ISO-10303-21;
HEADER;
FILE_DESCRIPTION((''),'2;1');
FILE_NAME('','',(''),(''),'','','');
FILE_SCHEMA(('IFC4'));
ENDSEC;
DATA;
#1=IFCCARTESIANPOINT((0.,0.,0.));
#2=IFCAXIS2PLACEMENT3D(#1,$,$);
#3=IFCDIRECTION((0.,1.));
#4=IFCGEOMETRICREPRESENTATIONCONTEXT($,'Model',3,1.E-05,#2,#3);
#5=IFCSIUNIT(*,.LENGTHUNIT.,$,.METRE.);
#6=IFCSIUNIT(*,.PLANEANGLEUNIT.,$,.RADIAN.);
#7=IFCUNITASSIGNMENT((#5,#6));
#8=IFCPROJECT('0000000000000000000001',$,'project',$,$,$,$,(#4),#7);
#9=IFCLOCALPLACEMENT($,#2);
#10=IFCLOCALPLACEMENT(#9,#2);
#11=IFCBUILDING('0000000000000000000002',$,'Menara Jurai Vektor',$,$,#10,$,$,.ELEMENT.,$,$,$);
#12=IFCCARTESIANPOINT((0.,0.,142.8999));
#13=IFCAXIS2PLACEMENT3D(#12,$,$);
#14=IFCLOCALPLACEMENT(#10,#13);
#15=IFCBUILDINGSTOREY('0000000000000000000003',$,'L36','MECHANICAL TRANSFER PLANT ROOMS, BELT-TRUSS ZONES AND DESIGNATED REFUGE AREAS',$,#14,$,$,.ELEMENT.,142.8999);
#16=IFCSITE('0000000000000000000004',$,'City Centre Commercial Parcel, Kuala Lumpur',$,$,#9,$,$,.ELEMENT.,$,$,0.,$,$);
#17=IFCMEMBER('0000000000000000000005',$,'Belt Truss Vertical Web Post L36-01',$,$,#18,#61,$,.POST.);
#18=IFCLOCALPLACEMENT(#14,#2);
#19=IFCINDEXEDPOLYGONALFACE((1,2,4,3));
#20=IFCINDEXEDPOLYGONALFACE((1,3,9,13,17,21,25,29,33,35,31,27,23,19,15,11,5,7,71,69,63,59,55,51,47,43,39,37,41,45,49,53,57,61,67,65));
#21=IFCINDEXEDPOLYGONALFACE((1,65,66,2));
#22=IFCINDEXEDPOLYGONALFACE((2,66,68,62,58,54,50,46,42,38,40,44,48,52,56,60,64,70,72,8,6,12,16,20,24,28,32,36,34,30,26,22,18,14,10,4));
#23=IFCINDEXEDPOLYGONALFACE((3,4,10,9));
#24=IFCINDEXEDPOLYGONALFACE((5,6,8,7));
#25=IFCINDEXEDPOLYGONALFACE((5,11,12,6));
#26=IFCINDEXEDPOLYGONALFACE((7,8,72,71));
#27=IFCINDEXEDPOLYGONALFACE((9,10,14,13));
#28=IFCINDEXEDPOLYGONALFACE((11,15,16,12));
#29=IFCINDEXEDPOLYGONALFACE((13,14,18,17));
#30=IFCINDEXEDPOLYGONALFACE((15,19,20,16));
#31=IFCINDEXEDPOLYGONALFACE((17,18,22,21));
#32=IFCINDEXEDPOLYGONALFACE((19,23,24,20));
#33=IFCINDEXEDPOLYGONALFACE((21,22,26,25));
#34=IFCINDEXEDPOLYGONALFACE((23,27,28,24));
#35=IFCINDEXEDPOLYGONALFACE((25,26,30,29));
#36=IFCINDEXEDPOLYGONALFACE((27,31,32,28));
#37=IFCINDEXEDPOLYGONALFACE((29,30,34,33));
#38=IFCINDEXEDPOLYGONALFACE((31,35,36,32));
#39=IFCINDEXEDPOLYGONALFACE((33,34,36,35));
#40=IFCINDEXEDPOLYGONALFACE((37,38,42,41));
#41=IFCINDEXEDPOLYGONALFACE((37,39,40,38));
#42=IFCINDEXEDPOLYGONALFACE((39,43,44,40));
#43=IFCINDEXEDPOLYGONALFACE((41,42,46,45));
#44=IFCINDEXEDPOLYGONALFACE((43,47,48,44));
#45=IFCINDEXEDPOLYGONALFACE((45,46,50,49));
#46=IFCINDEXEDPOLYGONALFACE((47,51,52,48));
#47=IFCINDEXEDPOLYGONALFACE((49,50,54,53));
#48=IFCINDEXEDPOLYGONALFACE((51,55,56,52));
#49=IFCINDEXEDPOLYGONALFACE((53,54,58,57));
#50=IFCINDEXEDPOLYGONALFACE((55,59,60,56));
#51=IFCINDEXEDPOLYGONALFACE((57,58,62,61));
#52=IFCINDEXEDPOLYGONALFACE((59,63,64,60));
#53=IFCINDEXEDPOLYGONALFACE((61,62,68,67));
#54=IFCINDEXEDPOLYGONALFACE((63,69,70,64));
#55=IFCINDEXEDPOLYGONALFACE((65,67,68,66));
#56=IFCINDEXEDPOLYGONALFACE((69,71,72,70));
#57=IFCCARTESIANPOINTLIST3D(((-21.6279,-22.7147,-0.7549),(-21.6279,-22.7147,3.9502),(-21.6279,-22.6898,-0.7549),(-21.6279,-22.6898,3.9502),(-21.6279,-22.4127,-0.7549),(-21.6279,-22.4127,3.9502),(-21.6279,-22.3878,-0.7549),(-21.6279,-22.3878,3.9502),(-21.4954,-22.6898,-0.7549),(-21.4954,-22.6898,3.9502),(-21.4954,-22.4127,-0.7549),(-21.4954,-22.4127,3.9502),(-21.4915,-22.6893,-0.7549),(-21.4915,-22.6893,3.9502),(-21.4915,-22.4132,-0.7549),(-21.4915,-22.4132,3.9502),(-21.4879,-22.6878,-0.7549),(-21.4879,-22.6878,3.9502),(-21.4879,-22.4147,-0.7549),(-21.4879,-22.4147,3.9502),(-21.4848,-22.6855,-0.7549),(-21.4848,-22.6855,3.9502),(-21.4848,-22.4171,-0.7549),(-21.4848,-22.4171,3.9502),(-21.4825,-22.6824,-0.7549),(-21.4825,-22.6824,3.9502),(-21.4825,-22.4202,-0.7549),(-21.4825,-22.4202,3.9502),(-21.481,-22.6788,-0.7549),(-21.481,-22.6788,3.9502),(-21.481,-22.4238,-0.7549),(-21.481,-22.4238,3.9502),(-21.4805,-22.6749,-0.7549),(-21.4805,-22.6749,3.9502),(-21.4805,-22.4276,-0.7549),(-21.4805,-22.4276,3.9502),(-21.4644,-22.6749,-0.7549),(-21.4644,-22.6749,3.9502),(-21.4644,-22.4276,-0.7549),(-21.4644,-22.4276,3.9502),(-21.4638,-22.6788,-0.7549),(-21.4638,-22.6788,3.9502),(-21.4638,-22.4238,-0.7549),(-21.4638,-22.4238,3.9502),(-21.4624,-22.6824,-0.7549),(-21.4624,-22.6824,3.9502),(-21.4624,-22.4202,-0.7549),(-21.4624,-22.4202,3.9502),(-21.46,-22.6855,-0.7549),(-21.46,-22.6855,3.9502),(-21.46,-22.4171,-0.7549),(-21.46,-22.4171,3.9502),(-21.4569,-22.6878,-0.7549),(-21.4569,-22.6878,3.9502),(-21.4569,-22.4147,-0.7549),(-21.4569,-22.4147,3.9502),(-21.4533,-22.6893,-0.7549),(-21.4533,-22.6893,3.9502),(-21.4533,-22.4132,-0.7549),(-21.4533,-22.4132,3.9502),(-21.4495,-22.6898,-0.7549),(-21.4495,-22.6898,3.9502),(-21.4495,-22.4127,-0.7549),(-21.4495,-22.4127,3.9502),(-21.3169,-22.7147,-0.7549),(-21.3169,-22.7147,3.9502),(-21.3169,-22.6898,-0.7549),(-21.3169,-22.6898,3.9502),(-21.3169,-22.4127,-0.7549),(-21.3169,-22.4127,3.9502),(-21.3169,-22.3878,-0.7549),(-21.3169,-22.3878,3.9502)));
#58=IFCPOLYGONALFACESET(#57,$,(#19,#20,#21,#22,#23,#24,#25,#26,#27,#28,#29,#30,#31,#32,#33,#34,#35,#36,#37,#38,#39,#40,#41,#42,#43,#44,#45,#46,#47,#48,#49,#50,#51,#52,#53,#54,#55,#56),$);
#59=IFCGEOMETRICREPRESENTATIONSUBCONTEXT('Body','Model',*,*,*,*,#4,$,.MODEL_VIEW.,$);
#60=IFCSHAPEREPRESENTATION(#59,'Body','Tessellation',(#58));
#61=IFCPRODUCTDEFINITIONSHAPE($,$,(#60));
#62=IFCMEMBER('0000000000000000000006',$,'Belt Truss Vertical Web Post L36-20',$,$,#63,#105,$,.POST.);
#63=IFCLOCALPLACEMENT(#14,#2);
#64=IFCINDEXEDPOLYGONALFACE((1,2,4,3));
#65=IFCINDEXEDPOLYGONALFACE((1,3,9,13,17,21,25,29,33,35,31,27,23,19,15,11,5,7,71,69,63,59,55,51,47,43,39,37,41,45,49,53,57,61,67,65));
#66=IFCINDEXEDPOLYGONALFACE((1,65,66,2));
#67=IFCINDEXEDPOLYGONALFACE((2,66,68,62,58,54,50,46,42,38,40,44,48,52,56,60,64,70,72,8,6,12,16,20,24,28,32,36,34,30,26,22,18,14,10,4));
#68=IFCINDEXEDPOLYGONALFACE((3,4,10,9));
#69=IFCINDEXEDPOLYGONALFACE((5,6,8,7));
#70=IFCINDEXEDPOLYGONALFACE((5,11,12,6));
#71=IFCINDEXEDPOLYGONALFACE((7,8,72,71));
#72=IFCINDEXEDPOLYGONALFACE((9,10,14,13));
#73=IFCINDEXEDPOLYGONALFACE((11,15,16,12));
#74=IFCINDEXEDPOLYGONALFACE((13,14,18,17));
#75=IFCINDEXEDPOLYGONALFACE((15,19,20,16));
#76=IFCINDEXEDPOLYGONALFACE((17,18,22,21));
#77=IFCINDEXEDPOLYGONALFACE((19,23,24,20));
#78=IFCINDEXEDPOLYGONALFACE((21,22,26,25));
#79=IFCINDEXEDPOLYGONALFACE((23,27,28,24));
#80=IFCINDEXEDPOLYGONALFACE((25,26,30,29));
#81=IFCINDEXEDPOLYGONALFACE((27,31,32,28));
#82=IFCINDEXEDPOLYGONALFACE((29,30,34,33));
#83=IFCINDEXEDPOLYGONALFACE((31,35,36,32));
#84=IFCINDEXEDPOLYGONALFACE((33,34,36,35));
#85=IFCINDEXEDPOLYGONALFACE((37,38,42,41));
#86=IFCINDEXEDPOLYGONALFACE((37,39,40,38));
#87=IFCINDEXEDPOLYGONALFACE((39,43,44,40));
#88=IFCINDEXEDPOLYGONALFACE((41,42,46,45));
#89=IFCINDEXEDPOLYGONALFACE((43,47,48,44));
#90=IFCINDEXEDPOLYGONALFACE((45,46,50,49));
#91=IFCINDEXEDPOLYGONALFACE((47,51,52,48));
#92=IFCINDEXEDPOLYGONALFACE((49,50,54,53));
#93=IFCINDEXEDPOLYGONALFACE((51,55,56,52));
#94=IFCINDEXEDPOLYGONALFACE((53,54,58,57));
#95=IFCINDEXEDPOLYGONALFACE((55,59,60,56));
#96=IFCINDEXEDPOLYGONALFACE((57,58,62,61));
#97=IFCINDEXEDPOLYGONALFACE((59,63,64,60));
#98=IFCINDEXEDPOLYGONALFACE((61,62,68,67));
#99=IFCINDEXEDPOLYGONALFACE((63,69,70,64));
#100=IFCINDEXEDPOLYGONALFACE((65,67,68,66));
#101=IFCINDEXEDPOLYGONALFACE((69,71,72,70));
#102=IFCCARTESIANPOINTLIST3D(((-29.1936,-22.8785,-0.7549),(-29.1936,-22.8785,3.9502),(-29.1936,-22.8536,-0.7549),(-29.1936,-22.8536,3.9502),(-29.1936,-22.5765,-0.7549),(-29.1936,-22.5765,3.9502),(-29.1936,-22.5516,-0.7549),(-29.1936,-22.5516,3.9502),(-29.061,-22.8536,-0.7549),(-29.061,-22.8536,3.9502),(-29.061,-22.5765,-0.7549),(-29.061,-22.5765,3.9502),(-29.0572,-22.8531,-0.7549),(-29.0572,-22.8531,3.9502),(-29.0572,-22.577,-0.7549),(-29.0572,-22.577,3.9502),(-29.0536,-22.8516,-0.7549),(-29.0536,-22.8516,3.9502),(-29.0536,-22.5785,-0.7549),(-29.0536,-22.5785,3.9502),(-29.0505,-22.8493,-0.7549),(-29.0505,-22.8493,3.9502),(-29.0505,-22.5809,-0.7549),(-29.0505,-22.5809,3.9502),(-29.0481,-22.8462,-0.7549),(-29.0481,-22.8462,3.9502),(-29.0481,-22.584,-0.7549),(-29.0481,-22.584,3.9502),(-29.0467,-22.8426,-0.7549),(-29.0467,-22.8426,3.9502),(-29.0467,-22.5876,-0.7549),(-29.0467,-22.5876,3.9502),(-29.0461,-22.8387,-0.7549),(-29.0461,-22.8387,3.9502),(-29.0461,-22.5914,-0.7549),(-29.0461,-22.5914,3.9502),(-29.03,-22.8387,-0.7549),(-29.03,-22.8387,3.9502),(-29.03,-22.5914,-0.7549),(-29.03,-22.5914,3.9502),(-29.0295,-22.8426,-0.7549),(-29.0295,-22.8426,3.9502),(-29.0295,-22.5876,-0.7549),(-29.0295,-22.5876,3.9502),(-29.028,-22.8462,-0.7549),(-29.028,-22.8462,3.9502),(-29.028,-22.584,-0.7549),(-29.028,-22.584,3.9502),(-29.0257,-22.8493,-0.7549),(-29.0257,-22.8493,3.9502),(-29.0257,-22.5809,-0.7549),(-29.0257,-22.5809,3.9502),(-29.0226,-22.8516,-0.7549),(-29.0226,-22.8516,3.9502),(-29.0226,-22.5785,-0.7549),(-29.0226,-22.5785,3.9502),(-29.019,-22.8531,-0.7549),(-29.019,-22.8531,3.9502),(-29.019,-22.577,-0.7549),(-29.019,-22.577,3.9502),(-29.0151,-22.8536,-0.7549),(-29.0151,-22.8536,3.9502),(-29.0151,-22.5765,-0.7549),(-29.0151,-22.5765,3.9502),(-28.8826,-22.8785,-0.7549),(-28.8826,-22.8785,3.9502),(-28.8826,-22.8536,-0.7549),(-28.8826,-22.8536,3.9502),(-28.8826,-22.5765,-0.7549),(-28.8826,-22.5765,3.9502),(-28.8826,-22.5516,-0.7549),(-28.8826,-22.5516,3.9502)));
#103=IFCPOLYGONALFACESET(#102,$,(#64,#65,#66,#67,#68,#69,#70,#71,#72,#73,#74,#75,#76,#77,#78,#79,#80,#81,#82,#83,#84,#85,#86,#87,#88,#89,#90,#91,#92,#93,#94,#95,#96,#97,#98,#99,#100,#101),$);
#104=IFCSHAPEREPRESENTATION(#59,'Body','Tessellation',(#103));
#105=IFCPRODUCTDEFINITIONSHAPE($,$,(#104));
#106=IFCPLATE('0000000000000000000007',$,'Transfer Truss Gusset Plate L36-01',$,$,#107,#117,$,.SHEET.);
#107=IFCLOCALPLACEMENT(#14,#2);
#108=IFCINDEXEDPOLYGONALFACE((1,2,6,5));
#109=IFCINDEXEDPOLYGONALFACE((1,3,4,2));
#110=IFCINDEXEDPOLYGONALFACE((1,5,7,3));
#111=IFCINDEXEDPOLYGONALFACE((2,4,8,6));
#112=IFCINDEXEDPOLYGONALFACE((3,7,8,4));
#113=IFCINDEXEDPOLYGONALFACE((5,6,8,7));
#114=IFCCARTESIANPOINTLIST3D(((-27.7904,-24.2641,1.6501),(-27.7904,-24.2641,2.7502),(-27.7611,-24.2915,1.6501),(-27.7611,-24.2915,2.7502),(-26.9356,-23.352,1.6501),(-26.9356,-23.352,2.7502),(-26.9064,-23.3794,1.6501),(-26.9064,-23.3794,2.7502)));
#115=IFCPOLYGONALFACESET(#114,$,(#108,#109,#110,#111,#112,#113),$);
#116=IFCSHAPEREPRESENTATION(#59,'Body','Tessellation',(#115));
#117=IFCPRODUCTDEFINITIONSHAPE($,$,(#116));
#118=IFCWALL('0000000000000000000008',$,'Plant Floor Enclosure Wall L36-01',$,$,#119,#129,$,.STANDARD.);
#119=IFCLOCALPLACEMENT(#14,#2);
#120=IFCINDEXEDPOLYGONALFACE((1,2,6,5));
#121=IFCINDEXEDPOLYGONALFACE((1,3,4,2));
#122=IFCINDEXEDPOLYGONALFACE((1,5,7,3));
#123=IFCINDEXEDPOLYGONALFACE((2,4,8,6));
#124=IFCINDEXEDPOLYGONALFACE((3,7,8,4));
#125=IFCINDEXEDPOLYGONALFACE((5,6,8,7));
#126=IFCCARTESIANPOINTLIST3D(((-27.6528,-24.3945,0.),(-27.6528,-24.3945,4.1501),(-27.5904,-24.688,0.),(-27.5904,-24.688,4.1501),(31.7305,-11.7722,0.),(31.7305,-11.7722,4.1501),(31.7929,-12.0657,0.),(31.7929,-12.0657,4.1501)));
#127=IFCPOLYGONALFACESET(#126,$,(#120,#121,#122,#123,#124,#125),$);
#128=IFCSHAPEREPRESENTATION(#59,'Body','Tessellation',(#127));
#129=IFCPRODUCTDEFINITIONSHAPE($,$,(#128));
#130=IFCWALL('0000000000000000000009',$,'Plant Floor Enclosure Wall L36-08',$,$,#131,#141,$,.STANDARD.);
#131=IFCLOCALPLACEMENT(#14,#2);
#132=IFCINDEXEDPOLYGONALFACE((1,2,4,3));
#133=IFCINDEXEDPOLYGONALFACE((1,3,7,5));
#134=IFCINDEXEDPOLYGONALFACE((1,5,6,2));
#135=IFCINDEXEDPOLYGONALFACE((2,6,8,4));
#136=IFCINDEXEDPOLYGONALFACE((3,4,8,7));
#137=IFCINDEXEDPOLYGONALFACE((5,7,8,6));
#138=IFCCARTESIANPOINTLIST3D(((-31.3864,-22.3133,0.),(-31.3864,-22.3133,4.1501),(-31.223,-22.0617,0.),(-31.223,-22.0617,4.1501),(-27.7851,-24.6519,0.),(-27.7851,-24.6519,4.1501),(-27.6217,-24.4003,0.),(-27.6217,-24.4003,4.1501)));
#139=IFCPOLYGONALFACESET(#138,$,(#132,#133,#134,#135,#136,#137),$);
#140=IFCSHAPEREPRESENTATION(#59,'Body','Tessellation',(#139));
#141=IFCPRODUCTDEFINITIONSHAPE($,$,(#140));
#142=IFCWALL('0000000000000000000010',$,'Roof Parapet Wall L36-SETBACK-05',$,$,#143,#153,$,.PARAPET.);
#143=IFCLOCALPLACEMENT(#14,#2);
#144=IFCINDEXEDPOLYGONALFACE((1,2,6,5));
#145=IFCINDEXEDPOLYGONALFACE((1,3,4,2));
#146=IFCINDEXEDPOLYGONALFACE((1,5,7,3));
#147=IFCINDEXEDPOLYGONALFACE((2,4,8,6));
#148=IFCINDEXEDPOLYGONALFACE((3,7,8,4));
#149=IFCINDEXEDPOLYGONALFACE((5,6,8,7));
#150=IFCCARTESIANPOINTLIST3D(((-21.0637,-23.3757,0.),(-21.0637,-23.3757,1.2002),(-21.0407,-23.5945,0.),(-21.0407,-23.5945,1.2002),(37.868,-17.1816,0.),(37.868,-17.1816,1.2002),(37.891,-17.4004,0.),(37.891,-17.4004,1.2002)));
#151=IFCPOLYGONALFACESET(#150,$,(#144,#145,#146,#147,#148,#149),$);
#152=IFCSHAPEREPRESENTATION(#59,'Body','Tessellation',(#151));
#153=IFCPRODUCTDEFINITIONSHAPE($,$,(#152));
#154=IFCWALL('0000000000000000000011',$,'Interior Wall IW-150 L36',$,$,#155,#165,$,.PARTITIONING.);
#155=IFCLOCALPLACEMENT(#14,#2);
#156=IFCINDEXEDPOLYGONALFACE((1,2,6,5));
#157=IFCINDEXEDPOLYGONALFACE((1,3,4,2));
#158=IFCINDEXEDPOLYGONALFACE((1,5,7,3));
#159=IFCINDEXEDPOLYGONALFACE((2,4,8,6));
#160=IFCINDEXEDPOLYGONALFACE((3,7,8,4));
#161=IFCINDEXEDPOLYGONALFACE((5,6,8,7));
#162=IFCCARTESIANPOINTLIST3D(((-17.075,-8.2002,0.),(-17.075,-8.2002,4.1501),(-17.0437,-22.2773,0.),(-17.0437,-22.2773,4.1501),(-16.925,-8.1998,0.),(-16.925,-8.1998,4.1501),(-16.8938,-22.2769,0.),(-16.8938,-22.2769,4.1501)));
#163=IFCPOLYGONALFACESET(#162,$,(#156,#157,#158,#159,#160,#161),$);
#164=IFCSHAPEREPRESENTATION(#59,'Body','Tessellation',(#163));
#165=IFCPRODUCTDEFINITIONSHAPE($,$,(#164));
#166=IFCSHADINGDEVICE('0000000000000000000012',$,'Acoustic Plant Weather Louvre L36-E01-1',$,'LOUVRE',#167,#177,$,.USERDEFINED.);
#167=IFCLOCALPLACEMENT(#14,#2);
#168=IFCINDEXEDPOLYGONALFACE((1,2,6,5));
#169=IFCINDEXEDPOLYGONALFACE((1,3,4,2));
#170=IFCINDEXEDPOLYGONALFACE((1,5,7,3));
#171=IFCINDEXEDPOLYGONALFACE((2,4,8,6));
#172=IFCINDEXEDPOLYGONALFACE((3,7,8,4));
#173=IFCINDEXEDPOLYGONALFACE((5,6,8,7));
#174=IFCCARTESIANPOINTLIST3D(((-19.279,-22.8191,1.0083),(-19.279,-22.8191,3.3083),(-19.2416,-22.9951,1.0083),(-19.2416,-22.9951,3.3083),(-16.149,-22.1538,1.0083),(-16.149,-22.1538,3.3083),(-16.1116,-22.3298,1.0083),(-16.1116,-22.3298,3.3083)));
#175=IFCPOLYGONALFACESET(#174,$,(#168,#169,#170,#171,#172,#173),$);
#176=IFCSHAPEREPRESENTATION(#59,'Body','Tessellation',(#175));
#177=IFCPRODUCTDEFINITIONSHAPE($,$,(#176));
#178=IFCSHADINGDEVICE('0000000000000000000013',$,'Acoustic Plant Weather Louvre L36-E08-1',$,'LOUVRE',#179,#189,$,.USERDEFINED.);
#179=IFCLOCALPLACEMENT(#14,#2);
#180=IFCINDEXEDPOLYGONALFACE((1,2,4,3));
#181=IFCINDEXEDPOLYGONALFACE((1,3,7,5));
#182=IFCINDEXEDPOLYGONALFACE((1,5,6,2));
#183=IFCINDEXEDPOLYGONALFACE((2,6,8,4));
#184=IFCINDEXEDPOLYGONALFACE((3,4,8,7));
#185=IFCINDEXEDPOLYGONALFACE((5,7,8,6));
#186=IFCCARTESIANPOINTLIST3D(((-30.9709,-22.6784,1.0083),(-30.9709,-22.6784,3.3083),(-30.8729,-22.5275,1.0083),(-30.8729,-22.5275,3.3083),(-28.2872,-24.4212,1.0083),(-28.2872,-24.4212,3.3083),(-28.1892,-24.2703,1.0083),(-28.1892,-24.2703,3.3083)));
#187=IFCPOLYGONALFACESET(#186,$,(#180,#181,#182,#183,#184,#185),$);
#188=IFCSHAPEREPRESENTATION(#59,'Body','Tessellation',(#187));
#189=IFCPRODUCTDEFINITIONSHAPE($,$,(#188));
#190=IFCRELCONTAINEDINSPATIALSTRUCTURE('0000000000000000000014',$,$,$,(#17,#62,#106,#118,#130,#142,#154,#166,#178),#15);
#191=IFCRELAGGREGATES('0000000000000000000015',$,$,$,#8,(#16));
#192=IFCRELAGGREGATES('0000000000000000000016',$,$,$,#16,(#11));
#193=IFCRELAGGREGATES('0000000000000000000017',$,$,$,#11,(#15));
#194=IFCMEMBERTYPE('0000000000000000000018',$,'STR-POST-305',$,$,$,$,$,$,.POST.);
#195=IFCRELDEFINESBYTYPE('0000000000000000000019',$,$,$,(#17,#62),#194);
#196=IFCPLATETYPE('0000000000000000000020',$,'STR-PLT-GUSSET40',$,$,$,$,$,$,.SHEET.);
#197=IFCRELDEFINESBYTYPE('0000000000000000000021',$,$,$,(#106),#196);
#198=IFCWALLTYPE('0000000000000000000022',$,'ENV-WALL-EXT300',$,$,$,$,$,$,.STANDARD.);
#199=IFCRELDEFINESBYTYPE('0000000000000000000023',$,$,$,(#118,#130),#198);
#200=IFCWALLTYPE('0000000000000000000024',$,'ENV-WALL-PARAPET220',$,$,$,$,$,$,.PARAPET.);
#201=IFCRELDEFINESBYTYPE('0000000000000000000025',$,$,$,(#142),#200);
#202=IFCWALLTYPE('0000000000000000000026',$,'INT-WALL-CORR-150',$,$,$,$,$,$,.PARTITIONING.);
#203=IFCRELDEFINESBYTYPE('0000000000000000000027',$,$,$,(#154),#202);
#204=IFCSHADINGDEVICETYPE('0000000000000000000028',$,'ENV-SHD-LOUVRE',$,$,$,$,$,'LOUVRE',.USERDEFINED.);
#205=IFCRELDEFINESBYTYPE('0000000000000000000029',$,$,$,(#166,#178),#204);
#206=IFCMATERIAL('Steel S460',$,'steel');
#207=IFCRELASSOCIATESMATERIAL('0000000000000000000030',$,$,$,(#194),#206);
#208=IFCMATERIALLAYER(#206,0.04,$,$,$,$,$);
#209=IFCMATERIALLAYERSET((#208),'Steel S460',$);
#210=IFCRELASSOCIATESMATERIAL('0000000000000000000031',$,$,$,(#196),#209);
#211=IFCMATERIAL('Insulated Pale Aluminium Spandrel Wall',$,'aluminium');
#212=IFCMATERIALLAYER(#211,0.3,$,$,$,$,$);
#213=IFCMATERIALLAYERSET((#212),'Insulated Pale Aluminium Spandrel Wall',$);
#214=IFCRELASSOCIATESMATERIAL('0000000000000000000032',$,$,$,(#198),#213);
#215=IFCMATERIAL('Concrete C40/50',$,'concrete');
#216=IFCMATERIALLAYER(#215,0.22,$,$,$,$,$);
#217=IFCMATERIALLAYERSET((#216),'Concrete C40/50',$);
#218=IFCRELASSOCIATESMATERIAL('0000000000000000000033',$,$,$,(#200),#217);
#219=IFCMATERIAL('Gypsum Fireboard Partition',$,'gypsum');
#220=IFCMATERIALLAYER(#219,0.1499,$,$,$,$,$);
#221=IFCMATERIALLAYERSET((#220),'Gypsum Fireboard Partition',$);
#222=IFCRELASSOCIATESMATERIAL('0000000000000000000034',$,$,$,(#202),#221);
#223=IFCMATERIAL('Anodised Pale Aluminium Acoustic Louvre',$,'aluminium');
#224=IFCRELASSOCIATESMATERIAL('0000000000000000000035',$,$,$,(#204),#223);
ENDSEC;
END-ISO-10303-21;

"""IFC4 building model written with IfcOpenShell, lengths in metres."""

from ifc_helpers import new_model, si_unit, direction, frame, frame_2d, origin, origin_2d, place, context, subcontext, project, spatial, rectangle, i_section, extrude, material, layer, layer_set, material_profile, profile_set, type_object, element, save


model = new_model("IFC4")

# Units and contexts
model_context = context("Model", 3, precision=1e-05, world=origin(), true_north=direction((0.0, 1.0)))
body_context = subcontext(model_context, "Body", "Model", "MODEL_VIEW")
ifc_project = project(units=[si_unit("LENGTHUNIT", "METRE"), si_unit("PLANEANGLEUNIT", "RADIAN")], contexts=[model_context])

# Site, building, storey
site_placement = place(None, origin())
site = spatial("IfcSite", under=ifc_project, at=site_placement, Name="City Centre Commercial Parcel, Kuala Lumpur", CompositionType="ELEMENT", RefElevation=0.0)
building_placement = place(site_placement, origin())
building = spatial("IfcBuilding", under=site, at=building_placement, Name="Menara Jurai Vektor", CompositionType="ELEMENT")
storey_placement = place(building_placement, frame((0.0, 0.0, 142.8999)))
storey = spatial("IfcBuildingStorey", under=building, at=storey_placement, Name="L36", Description="MECHANICAL TRANSFER PLANT ROOMS, BELT-TRUSS ZONES AND DESIGNATED REFUGE AREAS", CompositionType="ELEMENT", Elevation=142.8999)

# Shared definitions
ifc_material_1 = material(Name="Steel S460", Category="steel")

# Members
ifc_material_profile_1 = material_profile(ifc_material_1, i_section(OverallWidth=0.311, OverallDepth=0.3269, WebThickness=0.0161, FlangeThickness=0.0249, FilletRadius=0.0149, at=origin_2d()), Name="UKC 305x305x158")
ifc_profile_set_1 = profile_set([ifc_material_profile_1], Name="Steel S460")
member_type_1 = type_object("IfcMemberType", Name="STR-POST-305", PredefinedType="POST", material=ifc_profile_set_1)
for number, where, z_axis, x_axis, name in (
    (1, (-21.4724, -22.5513, -0.7549), (0.0, 0.0, 1.0), (1.0, 0.0, 0.0), "Belt Truss Vertical Web Post L36-01"),
    (2, (-29.0381, -22.7151, -0.7549), (0.0, 0.0, 1.0), (1.0, 0.0, 0.0), "Belt Truss Vertical Web Post L36-20"),
):
    element("IfcMember", number, at=place(storey_placement, frame(where, z_axis=z_axis, x_axis=x_axis)), inside=storey, type_object=member_type_1, Name=name, PredefinedType="POST", context=body_context, shape_type="SweptSolid", body=[
        extrude(i_section(OverallWidth=0.311, OverallDepth=0.3269, WebThickness=0.0161, FlangeThickness=0.0249, FilletRadius=0.0149, at=origin_2d()), origin(), (0.0, 0.0, 1.0), 4.7051),
    ])

# Plate
ifc_layer_1 = layer(ifc_material_1, 0.04)
ifc_layer_set_1 = layer_set([ifc_layer_1], Name="Steel S460")
plate_type = type_object("IfcPlateType", Name="STR-PLT-GUSSET40", PredefinedType="SHEET", material=ifc_layer_set_1)
plate_placement = place(storey_placement, frame((-27.3484, -23.8218, 1.6501), z_axis=(0.0, 0.0, 1.0), x_axis=(0.683783, 0.729685, 0.0)))
element("IfcPlate", 3, at=plate_placement, inside=storey, type_object=plate_type, Name="Transfer Truss Gusset Plate L36-01", PredefinedType="SHEET", context=body_context, shape_type="SweptSolid", body=[
    extrude(rectangle(XDim=1.25, YDim=0.04, at=origin_2d()), origin(), (0.0, 0.0, 1.0), 1.1001),
])

# Walls
ifc_material_2 = material(Name="Insulated Pale Aluminium Spandrel Wall", Category="aluminium")
ifc_layer_2 = layer(ifc_material_2, 0.3)
ifc_layer_set_2 = layer_set([ifc_layer_2], Name="Insulated Pale Aluminium Spandrel Wall")
wall_type_1 = type_object("IfcWallType", Name="ENV-WALL-EXT300", PredefinedType="STANDARD", material=ifc_layer_set_2)
wall_1_placement = place(storey_placement, frame((-27.6216, -24.5413, 0.0), z_axis=(0.0, 0.0, 1.0), x_axis=(0.978148, 0.207912, 0.0)))
element("IfcWall", 4, at=wall_1_placement, inside=storey, type_object=wall_type_1, Name="Plant Floor Enclosure Wall L36-01", PredefinedType="STANDARD", context=body_context, shape_type="SweptSolid", body=[
    extrude(rectangle(XDim=60.71, YDim=0.3, at=frame_2d((30.355, 0.0))), origin(), (0.0, 0.0, 1.0), 4.1501),
])
wall_2_placement = place(storey_placement, frame((-31.3047, -22.1875, 0.0), z_axis=(0.0, 0.0, 1.0), x_axis=(0.838681, -0.544623, 0.0)))
element("IfcWall", 5, at=wall_2_placement, inside=storey, type_object=wall_type_1, Name="Plant Floor Enclosure Wall L36-08", PredefinedType="STANDARD", context=body_context, shape_type="SweptSolid", body=[
    extrude(rectangle(XDim=4.2939, YDim=0.3, at=frame_2d((2.147, 0.0))), origin(), (0.0, 0.0, 1.0), 4.1501),
])
ifc_material_3 = material(Name="Concrete C40/50", Category="concrete")
ifc_layer_3 = layer(ifc_material_3, 0.22)
ifc_layer_set_3 = layer_set([ifc_layer_3], Name="Concrete C40/50")
wall_type_2 = type_object("IfcWallType", Name="ENV-WALL-PARAPET220", PredefinedType="PARAPET", material=ifc_layer_set_3)
wall_3_placement = place(storey_placement, frame((-21.0522, -23.4851, 0.0), z_axis=(0.0, 0.0, 1.0), x_axis=(0.994522, 0.104531, 0.0)))
element("IfcWall", 6, at=wall_3_placement, inside=storey, type_object=wall_type_2, Name="Roof Parapet Wall L36-SETBACK-05", PredefinedType="PARAPET", context=body_context, shape_type="SweptSolid", body=[
    extrude(rectangle(XDim=59.2563, YDim=0.22, at=frame_2d((29.6282, 0.0))), origin(), (0.0, 0.0, 1.0), 1.2002),
])
ifc_material_4 = material(Name="Gypsum Fireboard Partition", Category="gypsum")
ifc_layer_4 = layer(ifc_material_4, 0.1499)
ifc_layer_set_4 = layer_set([ifc_layer_4], Name="Gypsum Fireboard Partition")
wall_type_3 = type_object("IfcWallType", Name="INT-WALL-CORR-150", PredefinedType="PARTITIONING", material=ifc_layer_set_4)
wall_4_placement = place(storey_placement, frame((-16.9688, -22.2771, 0.0), z_axis=(0.0, 0.0, 1.0), x_axis=(-0.00222, 0.999998, 0.0)))
element("IfcWall", 7, at=wall_4_placement, inside=storey, type_object=wall_type_3, Name="Interior Wall IW-150 L36", PredefinedType="PARTITIONING", context=body_context, shape_type="SweptSolid", body=[
    extrude(rectangle(XDim=14.0771, YDim=0.1499, at=frame_2d((7.0386, 0.0))), origin(), (0.0, 0.0, 1.0), 4.1501),
])

# Shading devices
ifc_material_5 = material(Name="Anodised Pale Aluminium Acoustic Louvre", Category="aluminium")
shading_device_type = type_object("IfcShadingDeviceType", Name="ENV-SHD-LOUVRE", ElementType="LOUVRE", PredefinedType="USERDEFINED", material=ifc_material_5)
for number, where, z_axis, x_axis, name in (
    (8, (-17.6953, -22.5745, 1.0083), (0.0, 0.0, 1.0), (0.978148, 0.207912, 0.0), "Acoustic Plant Weather Louvre L36-E01-1"),
    (9, (-29.5801, -23.4744, 1.0083), (0.0, 0.0, 1.0), (0.838671, -0.544639, 0.0), "Acoustic Plant Weather Louvre L36-E08-1"),
):
    element("IfcShadingDevice", number, at=place(storey_placement, frame(where, z_axis=z_axis, x_axis=x_axis)), inside=storey, type_object=shading_device_type, Name=name, ObjectType="LOUVRE", PredefinedType="USERDEFINED", context=body_context, shape_type="SweptSolid", body=[
        extrude(rectangle(XDim=3.2, YDim=0.1799, at=origin_2d()), origin(), (0.0, 0.0, 1.0), 2.3),
    ])

save(model, "model.ifc")
